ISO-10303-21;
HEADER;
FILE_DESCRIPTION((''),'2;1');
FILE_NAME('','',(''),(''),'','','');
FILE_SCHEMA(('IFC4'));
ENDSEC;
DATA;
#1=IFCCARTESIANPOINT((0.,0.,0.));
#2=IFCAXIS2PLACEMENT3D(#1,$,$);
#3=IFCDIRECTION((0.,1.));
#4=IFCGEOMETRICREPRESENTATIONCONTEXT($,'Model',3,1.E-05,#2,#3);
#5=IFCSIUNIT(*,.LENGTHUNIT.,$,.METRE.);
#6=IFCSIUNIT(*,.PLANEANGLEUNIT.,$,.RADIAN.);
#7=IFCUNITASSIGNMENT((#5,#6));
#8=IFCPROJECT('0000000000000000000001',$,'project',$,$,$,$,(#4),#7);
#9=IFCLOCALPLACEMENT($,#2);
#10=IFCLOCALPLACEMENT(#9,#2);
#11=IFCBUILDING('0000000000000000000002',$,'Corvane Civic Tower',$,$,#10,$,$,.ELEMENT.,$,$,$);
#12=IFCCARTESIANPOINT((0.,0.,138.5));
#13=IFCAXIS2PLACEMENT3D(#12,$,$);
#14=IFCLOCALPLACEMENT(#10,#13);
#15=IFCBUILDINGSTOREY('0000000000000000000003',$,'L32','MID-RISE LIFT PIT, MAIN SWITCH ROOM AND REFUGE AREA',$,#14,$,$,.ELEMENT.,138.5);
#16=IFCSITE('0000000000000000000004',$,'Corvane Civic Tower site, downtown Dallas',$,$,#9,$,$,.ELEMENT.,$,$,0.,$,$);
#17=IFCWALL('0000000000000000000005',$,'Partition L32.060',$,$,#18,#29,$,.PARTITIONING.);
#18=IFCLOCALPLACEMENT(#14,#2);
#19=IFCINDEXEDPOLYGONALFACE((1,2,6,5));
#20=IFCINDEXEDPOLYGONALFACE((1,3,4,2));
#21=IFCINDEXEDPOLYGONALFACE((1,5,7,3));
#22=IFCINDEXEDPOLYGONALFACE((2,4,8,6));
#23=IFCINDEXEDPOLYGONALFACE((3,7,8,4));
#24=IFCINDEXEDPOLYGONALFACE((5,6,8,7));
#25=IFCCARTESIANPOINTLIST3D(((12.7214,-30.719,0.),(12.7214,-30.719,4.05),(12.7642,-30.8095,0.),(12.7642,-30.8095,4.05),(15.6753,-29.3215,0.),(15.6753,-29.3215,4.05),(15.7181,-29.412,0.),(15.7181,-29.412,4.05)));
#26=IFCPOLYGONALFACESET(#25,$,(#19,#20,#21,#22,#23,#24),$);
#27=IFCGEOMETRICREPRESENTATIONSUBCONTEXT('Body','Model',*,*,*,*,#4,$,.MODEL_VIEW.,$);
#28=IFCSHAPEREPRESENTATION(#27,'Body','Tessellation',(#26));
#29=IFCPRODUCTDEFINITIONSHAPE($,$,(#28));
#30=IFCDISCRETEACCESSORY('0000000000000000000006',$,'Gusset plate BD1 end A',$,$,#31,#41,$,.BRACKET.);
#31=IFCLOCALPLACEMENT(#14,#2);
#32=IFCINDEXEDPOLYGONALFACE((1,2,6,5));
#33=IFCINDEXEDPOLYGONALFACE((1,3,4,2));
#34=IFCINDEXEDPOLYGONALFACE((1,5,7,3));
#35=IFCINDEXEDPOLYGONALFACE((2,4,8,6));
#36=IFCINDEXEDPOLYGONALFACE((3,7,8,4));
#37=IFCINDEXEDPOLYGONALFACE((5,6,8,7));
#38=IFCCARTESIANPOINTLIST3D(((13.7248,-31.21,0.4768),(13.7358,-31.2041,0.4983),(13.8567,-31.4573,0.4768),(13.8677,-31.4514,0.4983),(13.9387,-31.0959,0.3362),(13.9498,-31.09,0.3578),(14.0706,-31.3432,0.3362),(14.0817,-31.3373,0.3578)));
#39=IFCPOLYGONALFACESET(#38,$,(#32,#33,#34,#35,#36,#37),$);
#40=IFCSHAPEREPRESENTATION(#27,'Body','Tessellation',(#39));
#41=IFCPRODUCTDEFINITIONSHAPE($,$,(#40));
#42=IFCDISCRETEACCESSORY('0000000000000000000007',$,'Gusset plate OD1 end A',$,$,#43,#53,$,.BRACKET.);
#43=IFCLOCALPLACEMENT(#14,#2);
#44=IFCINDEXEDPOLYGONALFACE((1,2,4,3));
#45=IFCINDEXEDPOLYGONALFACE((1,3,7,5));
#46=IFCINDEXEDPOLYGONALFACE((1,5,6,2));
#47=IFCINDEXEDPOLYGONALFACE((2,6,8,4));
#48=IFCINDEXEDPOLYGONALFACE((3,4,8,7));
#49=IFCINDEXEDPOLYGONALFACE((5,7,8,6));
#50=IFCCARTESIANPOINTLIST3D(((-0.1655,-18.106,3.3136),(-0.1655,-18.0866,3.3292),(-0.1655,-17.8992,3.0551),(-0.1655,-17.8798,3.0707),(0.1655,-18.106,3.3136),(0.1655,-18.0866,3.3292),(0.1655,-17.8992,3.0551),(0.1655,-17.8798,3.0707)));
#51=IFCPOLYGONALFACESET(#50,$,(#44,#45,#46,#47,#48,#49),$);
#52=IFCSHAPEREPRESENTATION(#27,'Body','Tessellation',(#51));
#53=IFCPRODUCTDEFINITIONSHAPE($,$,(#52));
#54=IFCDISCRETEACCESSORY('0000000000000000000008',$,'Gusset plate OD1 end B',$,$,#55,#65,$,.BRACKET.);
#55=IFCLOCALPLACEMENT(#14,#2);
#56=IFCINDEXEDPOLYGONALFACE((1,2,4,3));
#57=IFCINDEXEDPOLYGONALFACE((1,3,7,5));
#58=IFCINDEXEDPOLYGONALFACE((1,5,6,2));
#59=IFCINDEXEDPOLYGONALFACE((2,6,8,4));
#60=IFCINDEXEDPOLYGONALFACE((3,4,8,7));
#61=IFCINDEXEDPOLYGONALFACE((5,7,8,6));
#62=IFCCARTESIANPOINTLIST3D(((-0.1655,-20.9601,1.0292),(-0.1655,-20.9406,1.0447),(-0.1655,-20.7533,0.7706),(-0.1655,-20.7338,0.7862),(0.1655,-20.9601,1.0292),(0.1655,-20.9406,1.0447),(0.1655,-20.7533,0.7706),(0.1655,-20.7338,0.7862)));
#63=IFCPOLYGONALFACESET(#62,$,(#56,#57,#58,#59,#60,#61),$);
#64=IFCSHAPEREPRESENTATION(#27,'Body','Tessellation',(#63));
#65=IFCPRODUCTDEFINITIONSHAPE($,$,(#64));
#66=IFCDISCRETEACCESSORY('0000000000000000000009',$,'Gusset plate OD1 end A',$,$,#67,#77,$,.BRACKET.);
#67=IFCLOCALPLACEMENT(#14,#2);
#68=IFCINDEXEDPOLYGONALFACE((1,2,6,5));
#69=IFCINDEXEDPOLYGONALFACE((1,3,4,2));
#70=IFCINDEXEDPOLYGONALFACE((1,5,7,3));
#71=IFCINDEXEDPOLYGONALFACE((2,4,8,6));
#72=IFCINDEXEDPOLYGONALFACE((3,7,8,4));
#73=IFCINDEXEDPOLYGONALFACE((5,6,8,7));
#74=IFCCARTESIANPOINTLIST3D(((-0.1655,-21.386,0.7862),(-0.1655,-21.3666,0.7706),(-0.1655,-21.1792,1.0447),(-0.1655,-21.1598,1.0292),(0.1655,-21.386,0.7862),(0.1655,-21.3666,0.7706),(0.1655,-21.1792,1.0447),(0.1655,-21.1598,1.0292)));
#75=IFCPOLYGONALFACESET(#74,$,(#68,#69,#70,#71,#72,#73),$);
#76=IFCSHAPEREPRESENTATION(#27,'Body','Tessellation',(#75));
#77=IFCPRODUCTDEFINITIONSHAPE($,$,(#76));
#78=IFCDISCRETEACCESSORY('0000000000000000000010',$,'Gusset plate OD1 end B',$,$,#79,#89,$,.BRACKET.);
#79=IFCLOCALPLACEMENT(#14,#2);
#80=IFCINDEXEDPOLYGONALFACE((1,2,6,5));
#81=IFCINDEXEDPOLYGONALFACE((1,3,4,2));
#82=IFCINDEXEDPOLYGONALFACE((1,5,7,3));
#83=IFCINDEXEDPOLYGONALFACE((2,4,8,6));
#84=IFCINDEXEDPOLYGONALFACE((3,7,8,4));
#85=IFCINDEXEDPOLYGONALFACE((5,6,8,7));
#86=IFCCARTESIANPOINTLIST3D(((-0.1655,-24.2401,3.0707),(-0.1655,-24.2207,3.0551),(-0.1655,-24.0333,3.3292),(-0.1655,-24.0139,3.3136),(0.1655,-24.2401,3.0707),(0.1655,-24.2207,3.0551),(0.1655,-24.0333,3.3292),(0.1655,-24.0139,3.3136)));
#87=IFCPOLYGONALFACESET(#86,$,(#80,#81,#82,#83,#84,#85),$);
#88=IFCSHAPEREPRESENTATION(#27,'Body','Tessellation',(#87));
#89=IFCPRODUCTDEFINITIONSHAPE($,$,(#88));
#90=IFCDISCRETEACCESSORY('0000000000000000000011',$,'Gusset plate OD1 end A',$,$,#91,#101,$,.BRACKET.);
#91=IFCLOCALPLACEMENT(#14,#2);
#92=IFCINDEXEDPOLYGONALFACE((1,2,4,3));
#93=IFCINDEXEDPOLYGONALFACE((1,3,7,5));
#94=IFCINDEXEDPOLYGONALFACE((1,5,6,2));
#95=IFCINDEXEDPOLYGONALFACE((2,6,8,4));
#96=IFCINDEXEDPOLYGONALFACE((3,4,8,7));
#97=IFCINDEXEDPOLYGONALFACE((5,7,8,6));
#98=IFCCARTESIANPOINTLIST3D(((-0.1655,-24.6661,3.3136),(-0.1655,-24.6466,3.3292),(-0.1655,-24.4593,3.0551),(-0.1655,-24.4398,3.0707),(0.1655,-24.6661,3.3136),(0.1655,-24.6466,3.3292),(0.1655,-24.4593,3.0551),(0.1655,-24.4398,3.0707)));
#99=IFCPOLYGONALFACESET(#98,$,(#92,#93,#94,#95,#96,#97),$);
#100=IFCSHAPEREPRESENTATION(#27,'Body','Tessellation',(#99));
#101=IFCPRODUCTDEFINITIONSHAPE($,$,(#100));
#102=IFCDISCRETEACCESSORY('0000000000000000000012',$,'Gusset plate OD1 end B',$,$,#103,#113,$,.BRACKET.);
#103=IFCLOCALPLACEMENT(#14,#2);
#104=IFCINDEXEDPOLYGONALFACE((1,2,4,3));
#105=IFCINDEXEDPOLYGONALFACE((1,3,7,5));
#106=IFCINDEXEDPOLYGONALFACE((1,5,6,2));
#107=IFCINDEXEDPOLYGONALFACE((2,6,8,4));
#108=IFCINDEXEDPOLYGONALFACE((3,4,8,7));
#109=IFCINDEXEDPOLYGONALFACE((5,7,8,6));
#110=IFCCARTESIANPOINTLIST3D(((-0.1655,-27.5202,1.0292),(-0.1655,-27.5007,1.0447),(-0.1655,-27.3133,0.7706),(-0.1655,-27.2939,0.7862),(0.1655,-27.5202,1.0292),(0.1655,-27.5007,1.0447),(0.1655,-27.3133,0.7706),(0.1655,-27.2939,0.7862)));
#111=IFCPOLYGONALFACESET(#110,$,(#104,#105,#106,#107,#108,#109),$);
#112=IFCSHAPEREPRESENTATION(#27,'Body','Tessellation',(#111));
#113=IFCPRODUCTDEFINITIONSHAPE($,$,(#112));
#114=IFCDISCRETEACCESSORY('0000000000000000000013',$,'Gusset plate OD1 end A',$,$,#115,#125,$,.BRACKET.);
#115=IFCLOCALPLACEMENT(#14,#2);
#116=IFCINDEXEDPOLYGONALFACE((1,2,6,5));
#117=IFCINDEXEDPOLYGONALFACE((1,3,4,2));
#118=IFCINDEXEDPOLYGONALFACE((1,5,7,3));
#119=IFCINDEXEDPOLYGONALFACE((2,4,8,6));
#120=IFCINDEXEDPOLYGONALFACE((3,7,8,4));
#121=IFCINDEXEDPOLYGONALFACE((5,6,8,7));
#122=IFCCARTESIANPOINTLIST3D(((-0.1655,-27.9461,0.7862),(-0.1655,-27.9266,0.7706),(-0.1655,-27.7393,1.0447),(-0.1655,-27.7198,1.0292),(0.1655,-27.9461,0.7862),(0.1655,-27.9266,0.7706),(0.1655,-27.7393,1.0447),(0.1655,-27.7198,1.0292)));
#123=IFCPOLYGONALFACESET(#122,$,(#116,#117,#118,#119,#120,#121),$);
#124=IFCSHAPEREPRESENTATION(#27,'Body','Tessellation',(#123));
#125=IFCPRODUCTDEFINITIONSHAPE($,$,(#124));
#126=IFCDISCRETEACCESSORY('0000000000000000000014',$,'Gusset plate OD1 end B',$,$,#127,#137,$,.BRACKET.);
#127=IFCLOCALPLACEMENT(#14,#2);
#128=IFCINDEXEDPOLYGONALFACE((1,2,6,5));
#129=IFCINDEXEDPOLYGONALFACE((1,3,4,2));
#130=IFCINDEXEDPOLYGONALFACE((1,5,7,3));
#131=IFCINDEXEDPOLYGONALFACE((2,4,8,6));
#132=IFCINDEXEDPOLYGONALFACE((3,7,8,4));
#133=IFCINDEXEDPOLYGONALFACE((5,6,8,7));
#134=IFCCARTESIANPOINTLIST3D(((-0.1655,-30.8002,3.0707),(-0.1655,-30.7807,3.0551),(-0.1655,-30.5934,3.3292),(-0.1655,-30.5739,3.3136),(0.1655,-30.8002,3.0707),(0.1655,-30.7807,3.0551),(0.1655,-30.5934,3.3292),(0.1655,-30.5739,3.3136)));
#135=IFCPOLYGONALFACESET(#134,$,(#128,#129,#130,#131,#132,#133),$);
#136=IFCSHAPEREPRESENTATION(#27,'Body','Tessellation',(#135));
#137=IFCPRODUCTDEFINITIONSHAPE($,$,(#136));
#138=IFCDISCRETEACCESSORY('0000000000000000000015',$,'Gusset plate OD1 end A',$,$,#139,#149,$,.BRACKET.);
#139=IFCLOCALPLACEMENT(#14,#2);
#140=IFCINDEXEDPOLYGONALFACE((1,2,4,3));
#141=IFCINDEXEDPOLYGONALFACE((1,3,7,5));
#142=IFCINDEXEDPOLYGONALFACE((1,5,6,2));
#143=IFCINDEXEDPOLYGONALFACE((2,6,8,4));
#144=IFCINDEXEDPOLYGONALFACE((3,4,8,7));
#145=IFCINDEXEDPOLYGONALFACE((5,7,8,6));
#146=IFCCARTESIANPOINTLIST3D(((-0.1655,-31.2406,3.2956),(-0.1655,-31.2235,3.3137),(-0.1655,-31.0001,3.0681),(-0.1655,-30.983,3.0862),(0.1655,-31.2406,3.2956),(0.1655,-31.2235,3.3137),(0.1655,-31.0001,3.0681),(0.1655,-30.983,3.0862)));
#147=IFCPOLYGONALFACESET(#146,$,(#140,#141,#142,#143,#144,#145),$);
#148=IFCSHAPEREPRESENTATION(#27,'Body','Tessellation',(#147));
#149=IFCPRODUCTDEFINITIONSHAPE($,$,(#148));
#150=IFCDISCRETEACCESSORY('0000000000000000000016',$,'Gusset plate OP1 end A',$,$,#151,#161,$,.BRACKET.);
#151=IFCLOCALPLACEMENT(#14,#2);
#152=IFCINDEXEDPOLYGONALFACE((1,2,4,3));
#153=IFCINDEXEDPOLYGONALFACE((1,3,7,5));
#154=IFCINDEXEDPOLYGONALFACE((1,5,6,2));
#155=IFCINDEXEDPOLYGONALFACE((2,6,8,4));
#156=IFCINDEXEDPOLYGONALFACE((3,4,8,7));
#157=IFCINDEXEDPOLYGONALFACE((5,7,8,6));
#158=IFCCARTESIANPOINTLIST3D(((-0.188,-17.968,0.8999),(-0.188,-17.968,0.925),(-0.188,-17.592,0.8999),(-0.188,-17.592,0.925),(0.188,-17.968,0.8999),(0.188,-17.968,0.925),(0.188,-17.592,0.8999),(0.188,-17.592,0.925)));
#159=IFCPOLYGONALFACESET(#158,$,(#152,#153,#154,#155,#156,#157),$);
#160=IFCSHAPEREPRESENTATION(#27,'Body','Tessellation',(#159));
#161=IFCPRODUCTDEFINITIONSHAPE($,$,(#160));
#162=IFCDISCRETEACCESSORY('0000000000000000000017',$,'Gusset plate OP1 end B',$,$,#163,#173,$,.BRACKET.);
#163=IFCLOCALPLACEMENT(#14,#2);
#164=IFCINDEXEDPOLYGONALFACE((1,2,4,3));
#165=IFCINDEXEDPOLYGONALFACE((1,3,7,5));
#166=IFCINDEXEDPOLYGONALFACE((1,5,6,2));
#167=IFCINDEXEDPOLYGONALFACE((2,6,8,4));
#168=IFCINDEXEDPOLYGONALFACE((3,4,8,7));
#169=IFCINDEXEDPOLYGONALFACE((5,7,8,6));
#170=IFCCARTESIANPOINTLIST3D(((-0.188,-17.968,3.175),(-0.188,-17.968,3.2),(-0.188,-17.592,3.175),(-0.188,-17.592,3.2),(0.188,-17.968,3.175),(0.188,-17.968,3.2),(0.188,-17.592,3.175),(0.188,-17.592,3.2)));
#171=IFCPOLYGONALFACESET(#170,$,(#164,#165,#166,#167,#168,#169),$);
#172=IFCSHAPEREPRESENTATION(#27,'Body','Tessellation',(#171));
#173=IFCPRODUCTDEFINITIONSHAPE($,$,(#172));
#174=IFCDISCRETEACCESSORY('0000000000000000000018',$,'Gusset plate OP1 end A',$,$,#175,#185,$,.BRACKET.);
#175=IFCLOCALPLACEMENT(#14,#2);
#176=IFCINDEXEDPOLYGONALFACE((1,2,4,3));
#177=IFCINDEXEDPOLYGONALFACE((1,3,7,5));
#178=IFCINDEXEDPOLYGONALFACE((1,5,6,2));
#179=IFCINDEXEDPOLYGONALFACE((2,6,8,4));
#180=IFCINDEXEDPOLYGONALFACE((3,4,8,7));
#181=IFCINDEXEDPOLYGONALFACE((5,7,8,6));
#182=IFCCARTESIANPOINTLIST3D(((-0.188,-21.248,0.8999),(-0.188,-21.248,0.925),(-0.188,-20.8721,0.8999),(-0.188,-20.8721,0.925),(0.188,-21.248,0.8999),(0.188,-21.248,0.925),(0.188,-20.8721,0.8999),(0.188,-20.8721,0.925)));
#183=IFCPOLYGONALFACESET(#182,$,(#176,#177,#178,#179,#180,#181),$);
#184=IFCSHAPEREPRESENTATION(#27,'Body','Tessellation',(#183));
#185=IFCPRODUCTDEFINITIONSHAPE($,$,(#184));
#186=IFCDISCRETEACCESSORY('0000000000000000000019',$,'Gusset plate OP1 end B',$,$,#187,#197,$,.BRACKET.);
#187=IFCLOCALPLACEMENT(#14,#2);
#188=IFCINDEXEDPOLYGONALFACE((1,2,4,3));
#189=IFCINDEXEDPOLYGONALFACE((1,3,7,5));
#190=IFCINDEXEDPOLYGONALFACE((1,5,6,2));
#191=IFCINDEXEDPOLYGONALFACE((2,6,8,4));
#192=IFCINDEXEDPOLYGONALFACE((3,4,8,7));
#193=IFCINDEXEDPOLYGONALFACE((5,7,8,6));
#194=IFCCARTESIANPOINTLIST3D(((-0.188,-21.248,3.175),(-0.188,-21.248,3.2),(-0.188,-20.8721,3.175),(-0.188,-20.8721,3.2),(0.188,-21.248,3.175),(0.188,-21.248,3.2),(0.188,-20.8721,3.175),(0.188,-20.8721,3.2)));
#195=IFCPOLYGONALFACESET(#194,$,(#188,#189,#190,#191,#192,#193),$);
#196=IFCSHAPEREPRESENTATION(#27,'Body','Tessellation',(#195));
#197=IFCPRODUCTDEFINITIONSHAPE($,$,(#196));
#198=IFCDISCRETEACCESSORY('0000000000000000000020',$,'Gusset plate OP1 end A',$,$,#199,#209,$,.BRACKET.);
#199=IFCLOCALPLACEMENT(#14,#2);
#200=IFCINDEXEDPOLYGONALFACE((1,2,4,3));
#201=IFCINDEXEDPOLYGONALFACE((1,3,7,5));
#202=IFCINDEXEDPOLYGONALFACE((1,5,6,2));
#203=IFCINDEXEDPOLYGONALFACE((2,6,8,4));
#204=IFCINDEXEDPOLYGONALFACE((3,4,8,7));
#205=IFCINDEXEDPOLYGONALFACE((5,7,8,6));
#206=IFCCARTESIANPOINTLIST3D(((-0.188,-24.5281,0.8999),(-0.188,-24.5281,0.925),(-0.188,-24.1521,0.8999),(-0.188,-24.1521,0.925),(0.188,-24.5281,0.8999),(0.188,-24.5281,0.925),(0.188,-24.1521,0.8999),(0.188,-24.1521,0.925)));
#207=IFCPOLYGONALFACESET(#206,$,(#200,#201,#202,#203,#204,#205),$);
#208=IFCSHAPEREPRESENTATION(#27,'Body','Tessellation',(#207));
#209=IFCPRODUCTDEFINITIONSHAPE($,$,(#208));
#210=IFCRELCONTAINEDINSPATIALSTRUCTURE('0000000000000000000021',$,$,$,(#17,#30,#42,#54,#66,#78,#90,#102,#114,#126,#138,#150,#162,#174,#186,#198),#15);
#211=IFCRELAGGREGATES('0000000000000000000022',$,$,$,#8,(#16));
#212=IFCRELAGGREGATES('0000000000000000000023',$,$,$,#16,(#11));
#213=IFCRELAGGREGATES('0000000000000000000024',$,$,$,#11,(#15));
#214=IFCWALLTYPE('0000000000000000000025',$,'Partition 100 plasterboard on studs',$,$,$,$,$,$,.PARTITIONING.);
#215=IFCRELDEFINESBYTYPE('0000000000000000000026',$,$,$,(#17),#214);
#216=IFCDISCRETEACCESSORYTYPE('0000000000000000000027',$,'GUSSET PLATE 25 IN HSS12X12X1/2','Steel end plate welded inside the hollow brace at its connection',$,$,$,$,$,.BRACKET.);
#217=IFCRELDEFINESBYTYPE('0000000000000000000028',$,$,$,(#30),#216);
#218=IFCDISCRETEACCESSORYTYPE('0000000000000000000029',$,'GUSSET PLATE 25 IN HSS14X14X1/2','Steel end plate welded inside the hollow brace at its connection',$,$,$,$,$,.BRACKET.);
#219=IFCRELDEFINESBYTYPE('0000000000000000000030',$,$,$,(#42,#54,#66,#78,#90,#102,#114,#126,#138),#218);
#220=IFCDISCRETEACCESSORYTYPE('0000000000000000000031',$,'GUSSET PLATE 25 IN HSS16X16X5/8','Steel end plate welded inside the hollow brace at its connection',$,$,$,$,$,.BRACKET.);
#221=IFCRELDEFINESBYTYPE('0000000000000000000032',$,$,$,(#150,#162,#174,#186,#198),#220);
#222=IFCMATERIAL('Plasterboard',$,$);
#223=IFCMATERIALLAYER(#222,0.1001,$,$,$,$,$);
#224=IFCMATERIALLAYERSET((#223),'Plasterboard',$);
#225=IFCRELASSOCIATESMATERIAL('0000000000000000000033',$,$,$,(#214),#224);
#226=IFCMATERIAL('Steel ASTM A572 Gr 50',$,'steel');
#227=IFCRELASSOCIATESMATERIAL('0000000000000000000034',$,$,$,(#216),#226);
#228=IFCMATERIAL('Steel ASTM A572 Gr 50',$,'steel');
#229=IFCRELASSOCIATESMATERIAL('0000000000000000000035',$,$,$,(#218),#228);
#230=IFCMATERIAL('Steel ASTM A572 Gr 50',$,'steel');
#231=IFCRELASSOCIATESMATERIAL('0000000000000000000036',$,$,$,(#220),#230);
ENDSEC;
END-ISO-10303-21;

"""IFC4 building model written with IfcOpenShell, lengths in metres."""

from ifc_helpers import new_model, si_unit, direction, frame, frame_2d, origin, origin_2d, place, context, subcontext, project, spatial, rectangle, extrude, material, layer, layer_set, material_profile, profile_set, type_object, element, save


model = new_model("IFC4")

# Units and contexts
model_context = context("Model", 3, precision=1e-05, world=origin(), true_north=direction((0.0, 1.0)))
body_context = subcontext(model_context, "Body", "Model", "MODEL_VIEW")
ifc_project = project(units=[si_unit("LENGTHUNIT", "METRE"), si_unit("PLANEANGLEUNIT", "RADIAN")], contexts=[model_context])

# Site, building, storey
site_placement = place(None, origin())
site = spatial("IfcSite", under=ifc_project, at=site_placement, Name="Corvane Civic Tower site, downtown Dallas", CompositionType="ELEMENT", RefElevation=0.0)
building_placement = place(site_placement, origin())
building = spatial("IfcBuilding", under=site, at=building_placement, Name="Corvane Civic Tower", CompositionType="ELEMENT")
storey_placement = place(building_placement, frame((0.0, 0.0, 138.5)))
storey = spatial("IfcBuildingStorey", under=building, at=storey_placement, Name="L32", Description="MID-RISE LIFT PIT, MAIN SWITCH ROOM AND REFUGE AREA", CompositionType="ELEMENT", Elevation=138.5)

# Wall
ifc_material_1 = material(Name="Plasterboard")
ifc_layer = layer(ifc_material_1, 0.1001)
ifc_layer_set = layer_set([ifc_layer], Name="Plasterboard")
wall_type = type_object("IfcWallType", Name="Partition 100 plasterboard on studs", PredefinedType="PARTITIONING", material=ifc_layer_set)
wall_placement = place(storey_placement, frame((12.7429, -30.7642, 0.0), z_axis=(0.0, 0.0, 1.0), x_axis=(0.903943, 0.427653, 0.0)))
element("IfcWall", 1, at=wall_placement, inside=storey, type_object=wall_type, Name="Partition L32.060", PredefinedType="PARTITIONING", context=body_context, shape_type="SweptSolid", body=[
    extrude(rectangle(XDim=3.2678, YDim=0.1001, at=frame_2d((1.6338, 0.0))), origin(), (0.0, 0.0, 1.0), 4.05),
])

# Discrete accessories
ifc_material_2 = material(Name="Steel ASTM A572 Gr 50", Category="steel")
ifc_material_profile_1 = material_profile(ifc_material_2, rectangle(XDim=0.2803, YDim=0.2803, at=origin_2d()), Name="GUSSET PLATE 25 IN HSS12X12X1/2")
ifc_profile_set_1 = profile_set([ifc_material_profile_1], Name="Steel ASTM A572 Gr 50")
discrete_accessory_type_1 = type_object("IfcDiscreteAccessoryType", Name="GUSSET PLATE 25 IN HSS12X12X1/2", Description="Steel end plate welded inside the hollow brace at its connection", PredefinedType="BRACKET", material=ifc_profile_set_1)
discrete_accessory_1_placement = place(storey_placement, frame((13.8977, -31.2766, 0.4065), z_axis=(0.442433, 0.235964, 0.865202), x_axis=(-0.470588, 0.882353, 0.0)))
element("IfcDiscreteAccessory", 2, at=discrete_accessory_1_placement, inside=storey, type_object=discrete_accessory_type_1, Name="Gusset plate BD1 end A", PredefinedType="BRACKET", context=body_context, shape_type="SweptSolid", body=[
    extrude(rectangle(XDim=0.2803, YDim=0.2803, at=origin_2d()), origin(), (0.0, 0.0, 1.0), 0.0249),
])
ifc_material_3 = material(Name="Steel ASTM A572 Gr 50", Category="steel")
ifc_material_profile_2 = material_profile(ifc_material_3, rectangle(XDim=0.3311, YDim=0.3311, at=origin_2d()), Name="GUSSET PLATE 25 IN HSS14X14X1/2")
ifc_profile_set_2 = profile_set([ifc_material_profile_2], Name="Steel ASTM A572 Gr 50")
discrete_accessory_type_2 = type_object("IfcDiscreteAccessoryType", Name="GUSSET PLATE 25 IN HSS14X14X1/2", Description="Steel end plate welded inside the hollow brace at its connection", PredefinedType="BRACKET", material=ifc_profile_set_2)
for number, where, z_axis, x_axis, name in (
    (3, (0.0, -17.9832, 3.2), (0.0, -0.780869, -0.624695), (1.0, 0.0, 0.0), "Gusset plate OD1 end A"),
    (4, (0.0, -20.8567, 0.8999), (0.0, 0.780869, 0.624695), (-1.0, 0.0, 0.0), "Gusset plate OD1 end B"),
    (5, (0.0, -21.2632, 0.8999), (0.0, -0.780869, 0.624695), (1.0, 0.0, 0.0), "Gusset plate OD1 end A"),
    (6, (0.0, -24.1367, 3.2), (0.0, 0.780869, -0.624695), (-1.0, 0.0, 0.0), "Gusset plate OD1 end B"),
    (7, (0.0, -24.5432, 3.2), (0.0, -0.780869, -0.624695), (1.0, 0.0, 0.0), "Gusset plate OD1 end A"),
    (8, (0.0, -27.4167, 0.8999), (0.0, 0.780869, 0.624695), (-1.0, 0.0, 0.0), "Gusset plate OD1 end B"),
    (9, (0.0, -27.8232, 0.8999), (0.0, -0.780869, 0.624695), (1.0, 0.0, 0.0), "Gusset plate OD1 end A"),
    (10, (0.0, -30.6968, 3.2), (0.0, 0.780869, -0.624695), (-1.0, 0.0, 0.0), "Gusset plate OD1 end B"),
    (11, (0.0, -31.1033, 3.2), (0.0, -0.6872, -0.726468), (1.0, 0.0, 0.0), "Gusset plate OD1 end A"),
):
    element("IfcDiscreteAccessory", number, at=place(storey_placement, frame(where, z_axis=z_axis, x_axis=x_axis)), inside=storey, type_object=discrete_accessory_type_2, Name=name, PredefinedType="BRACKET", context=body_context, shape_type="SweptSolid", body=[
        extrude(rectangle(XDim=0.3311, YDim=0.3311, at=origin_2d()), origin(), (0.0, 0.0, 1.0), 0.0249),
    ])
ifc_material_4 = material(Name="Steel ASTM A572 Gr 50", Category="steel")
ifc_material_profile_3 = material_profile(ifc_material_4, rectangle(XDim=0.376, YDim=0.376, at=origin_2d()), Name="GUSSET PLATE 25 IN HSS16X16X5/8")
ifc_profile_set_3 = profile_set([ifc_material_profile_3], Name="Steel ASTM A572 Gr 50")
discrete_accessory_type_3 = type_object("IfcDiscreteAccessoryType", Name="GUSSET PLATE 25 IN HSS16X16X5/8", Description="Steel end plate welded inside the hollow brace at its connection", PredefinedType="BRACKET", material=ifc_profile_set_3)
discrete_accessory_2_placement = place(storey_placement, frame((0.0, -17.78, 0.8999), z_axis=(0.0, 0.0, 1.0), x_axis=(1.0, 0.0, 0.0)))
element("IfcDiscreteAccessory", 12, at=discrete_accessory_2_placement, inside=storey, type_object=discrete_accessory_type_3, Name="Gusset plate OP1 end A", PredefinedType="BRACKET", context=body_context, shape_type="SweptSolid", body=[
    extrude(rectangle(XDim=0.376, YDim=0.376, at=origin_2d()), origin(), (0.0, 0.0, 1.0), 0.0251),
])
discrete_accessory_3_placement = place(storey_placement, frame((0.0, -17.78, 3.2), z_axis=(0.0, 0.0, -1.0), x_axis=(1.0, 0.0, 0.0)))
element("IfcDiscreteAccessory", 13, at=discrete_accessory_3_placement, inside=storey, type_object=discrete_accessory_type_3, Name="Gusset plate OP1 end B", PredefinedType="BRACKET", context=body_context, shape_type="SweptSolid", body=[
    extrude(rectangle(XDim=0.376, YDim=0.376, at=origin_2d()), origin(), (0.0, 0.0, 1.0), 0.0249),
])
discrete_accessory_4_placement = place(storey_placement, frame((0.0, -21.0601, 0.8999), z_axis=(0.0, 0.0, 1.0), x_axis=(1.0, 0.0, 0.0)))
element("IfcDiscreteAccessory", 14, at=discrete_accessory_4_placement, inside=storey, type_object=discrete_accessory_type_3, Name="Gusset plate OP1 end A", PredefinedType="BRACKET", context=body_context, shape_type="SweptSolid", body=[
    extrude(rectangle(XDim=0.376, YDim=0.376, at=origin_2d()), origin(), (0.0, 0.0, 1.0), 0.0251),
])
discrete_accessory_5_placement = place(storey_placement, frame((0.0, -21.0601, 3.2), z_axis=(0.0, 0.0, -1.0), x_axis=(1.0, 0.0, 0.0)))
element("IfcDiscreteAccessory", 15, at=discrete_accessory_5_placement, inside=storey, type_object=discrete_accessory_type_3, Name="Gusset plate OP1 end B", PredefinedType="BRACKET", context=body_context, shape_type="SweptSolid", body=[
    extrude(rectangle(XDim=0.376, YDim=0.376, at=origin_2d()), origin(), (0.0, 0.0, 1.0), 0.0249),
])
discrete_accessory_6_placement = place(storey_placement, frame((0.0, -24.3401, 0.8999), z_axis=(0.0, 0.0, 1.0), x_axis=(1.0, 0.0, 0.0)))
element("IfcDiscreteAccessory", 16, at=discrete_accessory_6_placement, inside=storey, type_object=discrete_accessory_type_3, Name="Gusset plate OP1 end A", PredefinedType="BRACKET", context=body_context, shape_type="SweptSolid", body=[
    extrude(rectangle(XDim=0.376, YDim=0.376, at=origin_2d()), origin(), (0.0, 0.0, 1.0), 0.0251),
])

save(model, "model.ifc")
